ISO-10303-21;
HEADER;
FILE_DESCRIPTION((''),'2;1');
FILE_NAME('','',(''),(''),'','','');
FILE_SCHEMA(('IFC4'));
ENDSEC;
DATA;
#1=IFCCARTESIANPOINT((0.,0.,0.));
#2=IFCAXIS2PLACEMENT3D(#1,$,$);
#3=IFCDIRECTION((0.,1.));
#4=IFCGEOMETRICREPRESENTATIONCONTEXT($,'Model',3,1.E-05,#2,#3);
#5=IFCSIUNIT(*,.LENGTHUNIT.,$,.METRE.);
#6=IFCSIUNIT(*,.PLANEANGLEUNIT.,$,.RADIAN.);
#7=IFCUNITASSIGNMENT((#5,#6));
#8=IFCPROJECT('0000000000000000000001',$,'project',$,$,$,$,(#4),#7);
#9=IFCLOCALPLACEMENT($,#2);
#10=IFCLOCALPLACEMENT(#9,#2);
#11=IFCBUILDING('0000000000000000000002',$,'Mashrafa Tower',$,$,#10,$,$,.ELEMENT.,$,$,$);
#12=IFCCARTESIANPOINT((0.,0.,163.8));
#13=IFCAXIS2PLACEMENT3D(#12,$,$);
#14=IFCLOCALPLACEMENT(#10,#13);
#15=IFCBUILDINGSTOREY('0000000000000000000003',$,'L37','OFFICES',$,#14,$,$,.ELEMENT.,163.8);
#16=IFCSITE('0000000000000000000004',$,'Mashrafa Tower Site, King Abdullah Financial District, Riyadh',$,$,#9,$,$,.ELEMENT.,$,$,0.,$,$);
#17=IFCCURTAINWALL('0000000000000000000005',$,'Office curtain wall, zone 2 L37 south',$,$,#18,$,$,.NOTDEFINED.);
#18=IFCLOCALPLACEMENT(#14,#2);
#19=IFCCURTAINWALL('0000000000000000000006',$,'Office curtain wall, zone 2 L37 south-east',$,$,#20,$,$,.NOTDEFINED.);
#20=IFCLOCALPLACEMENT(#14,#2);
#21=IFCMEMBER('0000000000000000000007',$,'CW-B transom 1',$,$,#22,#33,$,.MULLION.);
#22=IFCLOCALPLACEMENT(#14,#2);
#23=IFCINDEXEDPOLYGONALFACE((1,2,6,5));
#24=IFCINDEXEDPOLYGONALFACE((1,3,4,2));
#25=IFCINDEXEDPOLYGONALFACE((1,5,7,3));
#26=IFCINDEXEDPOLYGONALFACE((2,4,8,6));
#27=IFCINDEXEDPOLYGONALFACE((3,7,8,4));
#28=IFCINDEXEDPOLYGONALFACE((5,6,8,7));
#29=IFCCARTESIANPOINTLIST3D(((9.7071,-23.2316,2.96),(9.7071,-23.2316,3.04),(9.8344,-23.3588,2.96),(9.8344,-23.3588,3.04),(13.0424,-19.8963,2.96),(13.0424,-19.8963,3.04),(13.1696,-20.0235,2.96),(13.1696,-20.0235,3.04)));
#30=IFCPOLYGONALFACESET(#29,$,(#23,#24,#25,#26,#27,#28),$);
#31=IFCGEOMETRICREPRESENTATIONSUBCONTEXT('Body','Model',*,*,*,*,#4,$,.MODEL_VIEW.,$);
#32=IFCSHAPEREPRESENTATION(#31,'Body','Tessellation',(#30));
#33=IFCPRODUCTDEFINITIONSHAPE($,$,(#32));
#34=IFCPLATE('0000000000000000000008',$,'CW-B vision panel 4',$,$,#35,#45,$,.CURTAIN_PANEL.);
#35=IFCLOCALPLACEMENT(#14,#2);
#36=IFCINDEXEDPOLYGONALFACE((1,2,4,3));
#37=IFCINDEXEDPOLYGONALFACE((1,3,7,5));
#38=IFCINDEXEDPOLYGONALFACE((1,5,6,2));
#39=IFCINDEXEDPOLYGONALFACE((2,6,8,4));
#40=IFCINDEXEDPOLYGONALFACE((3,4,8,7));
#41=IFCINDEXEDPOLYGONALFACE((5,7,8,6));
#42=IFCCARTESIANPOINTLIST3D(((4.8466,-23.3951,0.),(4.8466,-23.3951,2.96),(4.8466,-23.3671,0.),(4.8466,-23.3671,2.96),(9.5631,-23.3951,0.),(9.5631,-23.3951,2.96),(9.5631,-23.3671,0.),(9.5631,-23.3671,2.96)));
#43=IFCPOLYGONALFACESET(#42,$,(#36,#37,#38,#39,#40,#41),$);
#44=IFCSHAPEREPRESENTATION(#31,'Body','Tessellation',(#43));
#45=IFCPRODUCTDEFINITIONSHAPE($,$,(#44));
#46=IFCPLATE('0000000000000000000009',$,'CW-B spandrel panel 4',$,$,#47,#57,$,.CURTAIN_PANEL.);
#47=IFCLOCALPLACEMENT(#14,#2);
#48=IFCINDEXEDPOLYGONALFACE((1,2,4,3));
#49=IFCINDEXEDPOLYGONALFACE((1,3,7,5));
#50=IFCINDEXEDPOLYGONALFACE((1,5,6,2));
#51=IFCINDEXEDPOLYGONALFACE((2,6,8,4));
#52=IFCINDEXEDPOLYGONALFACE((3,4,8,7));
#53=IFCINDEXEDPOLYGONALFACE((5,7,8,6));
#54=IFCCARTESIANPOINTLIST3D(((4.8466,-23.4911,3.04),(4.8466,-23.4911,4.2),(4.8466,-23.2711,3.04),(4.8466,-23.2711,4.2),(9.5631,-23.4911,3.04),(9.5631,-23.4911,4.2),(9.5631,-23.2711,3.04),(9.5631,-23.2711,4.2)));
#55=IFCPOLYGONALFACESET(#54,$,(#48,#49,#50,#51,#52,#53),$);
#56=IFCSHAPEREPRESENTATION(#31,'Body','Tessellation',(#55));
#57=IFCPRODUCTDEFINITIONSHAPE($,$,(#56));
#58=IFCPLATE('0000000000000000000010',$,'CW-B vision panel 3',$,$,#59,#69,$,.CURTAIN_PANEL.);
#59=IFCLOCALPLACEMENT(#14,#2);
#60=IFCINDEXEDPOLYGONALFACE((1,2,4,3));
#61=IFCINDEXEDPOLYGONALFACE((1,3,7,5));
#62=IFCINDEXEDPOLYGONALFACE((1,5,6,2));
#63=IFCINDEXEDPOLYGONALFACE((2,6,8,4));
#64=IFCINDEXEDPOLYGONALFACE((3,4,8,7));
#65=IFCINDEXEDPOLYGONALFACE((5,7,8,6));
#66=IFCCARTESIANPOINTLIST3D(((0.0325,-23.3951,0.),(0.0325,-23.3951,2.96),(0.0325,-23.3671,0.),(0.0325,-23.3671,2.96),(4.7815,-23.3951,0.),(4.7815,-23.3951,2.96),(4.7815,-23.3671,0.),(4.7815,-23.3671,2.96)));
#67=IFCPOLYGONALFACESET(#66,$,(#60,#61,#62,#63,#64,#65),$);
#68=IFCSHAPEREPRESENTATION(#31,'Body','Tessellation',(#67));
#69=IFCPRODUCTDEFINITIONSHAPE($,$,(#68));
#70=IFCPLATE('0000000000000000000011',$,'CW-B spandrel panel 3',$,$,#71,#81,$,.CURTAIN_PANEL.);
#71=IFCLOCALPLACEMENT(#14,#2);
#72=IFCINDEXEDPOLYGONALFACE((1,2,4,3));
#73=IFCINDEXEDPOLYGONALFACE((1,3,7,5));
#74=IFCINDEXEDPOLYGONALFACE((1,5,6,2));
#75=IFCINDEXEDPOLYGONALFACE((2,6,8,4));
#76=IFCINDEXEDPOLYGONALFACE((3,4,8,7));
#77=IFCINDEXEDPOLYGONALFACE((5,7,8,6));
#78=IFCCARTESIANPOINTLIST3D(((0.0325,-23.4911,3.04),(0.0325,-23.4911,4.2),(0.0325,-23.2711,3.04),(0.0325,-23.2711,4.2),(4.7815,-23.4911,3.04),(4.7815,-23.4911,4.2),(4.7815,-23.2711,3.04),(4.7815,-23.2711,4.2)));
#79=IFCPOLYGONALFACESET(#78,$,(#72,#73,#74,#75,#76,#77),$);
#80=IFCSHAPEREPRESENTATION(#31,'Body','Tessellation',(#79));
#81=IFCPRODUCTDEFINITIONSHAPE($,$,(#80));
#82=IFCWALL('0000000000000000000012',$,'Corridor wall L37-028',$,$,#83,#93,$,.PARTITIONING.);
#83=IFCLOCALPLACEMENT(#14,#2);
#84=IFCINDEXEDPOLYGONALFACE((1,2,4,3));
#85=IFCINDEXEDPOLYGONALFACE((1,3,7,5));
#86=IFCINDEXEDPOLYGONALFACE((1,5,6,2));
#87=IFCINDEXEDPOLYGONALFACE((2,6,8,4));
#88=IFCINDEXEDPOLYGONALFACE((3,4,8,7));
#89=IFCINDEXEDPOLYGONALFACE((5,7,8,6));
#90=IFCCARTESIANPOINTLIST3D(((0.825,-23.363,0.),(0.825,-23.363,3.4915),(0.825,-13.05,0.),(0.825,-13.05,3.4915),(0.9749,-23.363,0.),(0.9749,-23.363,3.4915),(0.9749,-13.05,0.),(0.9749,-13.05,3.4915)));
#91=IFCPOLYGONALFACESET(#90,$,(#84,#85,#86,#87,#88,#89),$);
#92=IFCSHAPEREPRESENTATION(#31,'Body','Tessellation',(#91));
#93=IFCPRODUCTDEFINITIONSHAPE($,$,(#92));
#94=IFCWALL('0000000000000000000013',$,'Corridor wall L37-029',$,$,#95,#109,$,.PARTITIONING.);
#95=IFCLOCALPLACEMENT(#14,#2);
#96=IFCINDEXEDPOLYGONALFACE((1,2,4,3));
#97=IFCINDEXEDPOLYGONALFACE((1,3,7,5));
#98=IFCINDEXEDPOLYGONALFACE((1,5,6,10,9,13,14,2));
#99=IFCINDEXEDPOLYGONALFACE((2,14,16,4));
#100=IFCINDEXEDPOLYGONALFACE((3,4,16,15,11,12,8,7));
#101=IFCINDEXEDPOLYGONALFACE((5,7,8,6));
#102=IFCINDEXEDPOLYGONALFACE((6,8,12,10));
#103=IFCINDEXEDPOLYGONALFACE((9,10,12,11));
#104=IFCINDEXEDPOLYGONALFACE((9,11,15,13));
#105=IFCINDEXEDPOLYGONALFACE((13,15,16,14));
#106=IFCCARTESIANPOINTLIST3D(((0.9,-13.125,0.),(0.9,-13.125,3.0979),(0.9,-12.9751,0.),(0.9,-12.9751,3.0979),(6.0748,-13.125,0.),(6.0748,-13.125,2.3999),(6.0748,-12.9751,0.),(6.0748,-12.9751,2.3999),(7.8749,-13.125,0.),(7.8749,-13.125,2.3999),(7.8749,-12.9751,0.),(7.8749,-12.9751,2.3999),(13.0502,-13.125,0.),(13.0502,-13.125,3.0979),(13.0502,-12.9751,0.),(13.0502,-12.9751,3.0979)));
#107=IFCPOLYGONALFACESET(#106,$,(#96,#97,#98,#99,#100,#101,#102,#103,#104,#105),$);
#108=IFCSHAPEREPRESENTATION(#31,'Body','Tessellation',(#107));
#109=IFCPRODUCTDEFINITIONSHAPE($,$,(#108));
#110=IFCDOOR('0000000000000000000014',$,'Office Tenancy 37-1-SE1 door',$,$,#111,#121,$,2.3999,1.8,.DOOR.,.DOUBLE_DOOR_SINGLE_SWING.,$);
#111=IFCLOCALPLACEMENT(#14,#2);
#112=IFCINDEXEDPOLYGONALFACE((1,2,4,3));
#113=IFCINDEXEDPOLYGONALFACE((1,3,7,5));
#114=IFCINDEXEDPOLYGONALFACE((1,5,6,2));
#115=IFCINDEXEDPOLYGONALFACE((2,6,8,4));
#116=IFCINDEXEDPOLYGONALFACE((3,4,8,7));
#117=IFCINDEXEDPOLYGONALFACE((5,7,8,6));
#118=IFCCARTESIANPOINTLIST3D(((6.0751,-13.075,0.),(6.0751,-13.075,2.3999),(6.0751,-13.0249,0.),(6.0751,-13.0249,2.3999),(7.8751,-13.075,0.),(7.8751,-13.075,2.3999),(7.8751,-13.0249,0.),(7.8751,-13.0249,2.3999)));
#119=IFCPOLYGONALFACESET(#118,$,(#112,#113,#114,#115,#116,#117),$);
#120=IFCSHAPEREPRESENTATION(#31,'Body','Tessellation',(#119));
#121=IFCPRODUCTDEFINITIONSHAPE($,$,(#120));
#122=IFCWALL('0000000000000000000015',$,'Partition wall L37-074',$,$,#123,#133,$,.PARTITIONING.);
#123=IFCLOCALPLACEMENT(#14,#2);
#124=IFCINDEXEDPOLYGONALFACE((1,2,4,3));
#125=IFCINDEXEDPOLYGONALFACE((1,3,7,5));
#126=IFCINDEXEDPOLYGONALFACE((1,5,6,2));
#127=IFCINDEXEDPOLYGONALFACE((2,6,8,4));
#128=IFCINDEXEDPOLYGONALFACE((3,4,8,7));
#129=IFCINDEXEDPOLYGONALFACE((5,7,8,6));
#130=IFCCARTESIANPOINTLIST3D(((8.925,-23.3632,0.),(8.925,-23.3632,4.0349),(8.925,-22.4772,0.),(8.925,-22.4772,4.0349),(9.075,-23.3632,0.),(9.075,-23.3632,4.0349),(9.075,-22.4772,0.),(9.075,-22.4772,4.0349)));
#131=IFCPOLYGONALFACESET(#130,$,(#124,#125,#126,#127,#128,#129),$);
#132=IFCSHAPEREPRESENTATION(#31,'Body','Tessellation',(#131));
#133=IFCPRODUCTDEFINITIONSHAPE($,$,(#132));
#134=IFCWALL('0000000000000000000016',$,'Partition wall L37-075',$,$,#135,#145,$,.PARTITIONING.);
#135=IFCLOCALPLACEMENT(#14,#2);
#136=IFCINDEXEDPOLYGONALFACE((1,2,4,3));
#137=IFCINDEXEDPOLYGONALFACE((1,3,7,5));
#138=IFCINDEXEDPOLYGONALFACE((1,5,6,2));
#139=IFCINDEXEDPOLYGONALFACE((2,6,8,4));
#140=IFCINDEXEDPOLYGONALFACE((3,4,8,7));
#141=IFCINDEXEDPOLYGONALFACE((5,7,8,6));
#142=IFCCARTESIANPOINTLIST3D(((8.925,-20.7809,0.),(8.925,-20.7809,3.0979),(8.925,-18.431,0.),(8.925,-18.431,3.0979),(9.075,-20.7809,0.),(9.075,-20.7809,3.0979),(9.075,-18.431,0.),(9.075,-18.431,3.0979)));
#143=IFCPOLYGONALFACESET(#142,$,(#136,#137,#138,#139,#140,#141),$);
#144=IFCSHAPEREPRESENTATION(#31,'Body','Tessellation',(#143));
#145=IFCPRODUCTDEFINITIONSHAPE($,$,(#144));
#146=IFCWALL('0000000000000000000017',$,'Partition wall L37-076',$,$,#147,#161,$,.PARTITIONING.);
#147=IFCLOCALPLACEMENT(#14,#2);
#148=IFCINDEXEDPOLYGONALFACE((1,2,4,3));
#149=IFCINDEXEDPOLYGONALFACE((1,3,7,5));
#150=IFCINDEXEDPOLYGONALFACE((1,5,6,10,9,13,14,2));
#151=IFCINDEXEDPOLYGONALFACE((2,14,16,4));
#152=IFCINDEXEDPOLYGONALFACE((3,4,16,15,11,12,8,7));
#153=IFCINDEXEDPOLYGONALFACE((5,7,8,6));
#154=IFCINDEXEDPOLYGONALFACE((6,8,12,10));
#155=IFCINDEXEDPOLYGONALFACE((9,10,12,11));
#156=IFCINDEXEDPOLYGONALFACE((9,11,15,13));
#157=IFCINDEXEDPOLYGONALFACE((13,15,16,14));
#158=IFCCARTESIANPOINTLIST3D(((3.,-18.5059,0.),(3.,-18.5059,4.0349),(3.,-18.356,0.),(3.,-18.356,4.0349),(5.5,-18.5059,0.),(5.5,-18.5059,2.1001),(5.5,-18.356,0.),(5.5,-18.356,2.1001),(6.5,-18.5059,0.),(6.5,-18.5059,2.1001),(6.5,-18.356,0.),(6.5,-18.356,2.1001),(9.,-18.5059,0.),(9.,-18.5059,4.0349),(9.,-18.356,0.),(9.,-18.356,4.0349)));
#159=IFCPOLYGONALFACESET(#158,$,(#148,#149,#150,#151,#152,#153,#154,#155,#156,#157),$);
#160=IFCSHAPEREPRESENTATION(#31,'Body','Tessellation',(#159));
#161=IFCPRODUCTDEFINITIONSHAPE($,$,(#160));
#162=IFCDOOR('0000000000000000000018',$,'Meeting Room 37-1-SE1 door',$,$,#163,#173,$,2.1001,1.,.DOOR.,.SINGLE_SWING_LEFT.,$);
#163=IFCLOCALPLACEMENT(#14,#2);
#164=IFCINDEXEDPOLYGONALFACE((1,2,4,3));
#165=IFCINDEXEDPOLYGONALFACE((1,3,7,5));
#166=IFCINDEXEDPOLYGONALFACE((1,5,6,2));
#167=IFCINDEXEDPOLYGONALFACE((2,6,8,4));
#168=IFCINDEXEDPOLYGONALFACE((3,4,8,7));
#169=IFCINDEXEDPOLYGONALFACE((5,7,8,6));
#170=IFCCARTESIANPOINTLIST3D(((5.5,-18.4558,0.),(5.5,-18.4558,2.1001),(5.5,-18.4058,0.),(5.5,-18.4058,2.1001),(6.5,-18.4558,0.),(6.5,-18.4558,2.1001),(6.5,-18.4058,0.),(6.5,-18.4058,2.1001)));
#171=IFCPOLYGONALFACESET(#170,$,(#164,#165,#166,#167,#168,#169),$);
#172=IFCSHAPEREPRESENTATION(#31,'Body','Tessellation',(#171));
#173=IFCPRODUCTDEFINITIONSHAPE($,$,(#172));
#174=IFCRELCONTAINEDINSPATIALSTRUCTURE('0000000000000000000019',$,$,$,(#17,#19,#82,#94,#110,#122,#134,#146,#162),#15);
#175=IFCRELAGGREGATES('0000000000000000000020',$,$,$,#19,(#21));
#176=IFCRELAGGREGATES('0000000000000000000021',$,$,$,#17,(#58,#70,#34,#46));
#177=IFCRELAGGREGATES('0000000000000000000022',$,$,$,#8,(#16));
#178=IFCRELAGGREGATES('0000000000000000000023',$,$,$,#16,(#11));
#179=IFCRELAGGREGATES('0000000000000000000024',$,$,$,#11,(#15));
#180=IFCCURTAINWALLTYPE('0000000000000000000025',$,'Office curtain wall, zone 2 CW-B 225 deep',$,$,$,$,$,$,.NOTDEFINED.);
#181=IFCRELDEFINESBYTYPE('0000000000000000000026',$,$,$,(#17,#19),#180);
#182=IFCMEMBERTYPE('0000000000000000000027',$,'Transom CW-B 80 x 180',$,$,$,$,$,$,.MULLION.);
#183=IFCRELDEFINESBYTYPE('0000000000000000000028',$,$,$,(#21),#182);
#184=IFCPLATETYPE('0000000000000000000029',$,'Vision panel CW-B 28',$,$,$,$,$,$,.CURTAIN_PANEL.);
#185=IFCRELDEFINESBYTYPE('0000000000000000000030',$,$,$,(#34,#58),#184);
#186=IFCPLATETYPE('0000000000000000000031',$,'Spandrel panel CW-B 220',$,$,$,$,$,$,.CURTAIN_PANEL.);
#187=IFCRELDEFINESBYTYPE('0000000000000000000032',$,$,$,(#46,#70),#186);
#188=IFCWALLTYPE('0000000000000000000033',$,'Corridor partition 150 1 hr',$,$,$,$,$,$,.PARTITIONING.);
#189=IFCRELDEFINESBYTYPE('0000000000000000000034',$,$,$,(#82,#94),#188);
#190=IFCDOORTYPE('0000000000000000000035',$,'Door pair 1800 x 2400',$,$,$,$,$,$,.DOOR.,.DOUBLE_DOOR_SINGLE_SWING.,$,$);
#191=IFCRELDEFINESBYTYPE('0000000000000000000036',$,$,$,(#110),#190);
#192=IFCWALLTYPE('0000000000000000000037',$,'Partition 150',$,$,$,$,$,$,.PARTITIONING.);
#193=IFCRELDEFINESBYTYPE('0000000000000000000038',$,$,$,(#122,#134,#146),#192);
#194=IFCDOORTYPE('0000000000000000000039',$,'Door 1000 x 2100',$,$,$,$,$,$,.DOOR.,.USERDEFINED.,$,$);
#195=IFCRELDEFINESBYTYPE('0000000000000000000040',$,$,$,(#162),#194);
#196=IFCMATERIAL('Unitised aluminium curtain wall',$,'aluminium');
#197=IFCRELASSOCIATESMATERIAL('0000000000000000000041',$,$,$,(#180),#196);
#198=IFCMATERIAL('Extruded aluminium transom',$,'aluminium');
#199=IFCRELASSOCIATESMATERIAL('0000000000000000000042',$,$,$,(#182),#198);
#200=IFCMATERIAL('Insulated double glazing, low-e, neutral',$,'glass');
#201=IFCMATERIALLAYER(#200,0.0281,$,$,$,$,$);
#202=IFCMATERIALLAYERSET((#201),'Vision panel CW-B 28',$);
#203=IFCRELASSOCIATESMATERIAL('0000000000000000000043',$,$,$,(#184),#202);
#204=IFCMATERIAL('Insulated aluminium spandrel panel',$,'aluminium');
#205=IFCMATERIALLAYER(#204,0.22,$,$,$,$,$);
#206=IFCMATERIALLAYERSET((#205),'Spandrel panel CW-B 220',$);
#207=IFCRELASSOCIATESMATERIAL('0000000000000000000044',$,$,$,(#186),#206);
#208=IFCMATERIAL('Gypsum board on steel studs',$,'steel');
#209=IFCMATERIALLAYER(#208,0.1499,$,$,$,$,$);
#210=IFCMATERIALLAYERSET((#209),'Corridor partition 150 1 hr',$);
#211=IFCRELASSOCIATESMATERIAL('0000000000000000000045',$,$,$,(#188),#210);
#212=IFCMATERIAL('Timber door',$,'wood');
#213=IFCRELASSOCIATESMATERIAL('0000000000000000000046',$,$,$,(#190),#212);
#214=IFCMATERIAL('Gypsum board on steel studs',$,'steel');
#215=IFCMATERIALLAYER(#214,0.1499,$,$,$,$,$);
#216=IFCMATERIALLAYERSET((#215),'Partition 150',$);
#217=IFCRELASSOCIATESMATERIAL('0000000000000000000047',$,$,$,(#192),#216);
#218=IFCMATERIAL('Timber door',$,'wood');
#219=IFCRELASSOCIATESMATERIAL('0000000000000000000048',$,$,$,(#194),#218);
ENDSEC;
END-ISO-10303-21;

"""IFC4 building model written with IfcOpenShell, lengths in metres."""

from ifc_helpers import new_model, si_unit, direction, frame, frame_2d, origin, origin_2d, place, context, subcontext, project, spatial, rectangle, extrude, source, transform, mapped, material, layer, layer_set, material_profile, profile_set, type_object, type_shapes, element, fill, aggregate, save


model = new_model("IFC4")

# Units and contexts
model_context = context("Model", 3, precision=1e-05, world=origin(), true_north=direction((0.0, 1.0)))
body_context = subcontext(model_context, "Body", "Model", "MODEL_VIEW")
ifc_project = project(units=[si_unit("LENGTHUNIT", "METRE"), si_unit("PLANEANGLEUNIT", "RADIAN")], contexts=[model_context])

# Site, building, storey
site_placement = place(None, origin())
site = spatial("IfcSite", under=ifc_project, at=site_placement, Name="Mashrafa Tower Site, King Abdullah Financial District, Riyadh", CompositionType="ELEMENT", RefElevation=0.0)
building_placement = place(site_placement, origin())
building = spatial("IfcBuilding", under=site, at=building_placement, Name="Mashrafa Tower", CompositionType="ELEMENT")
storey_placement = place(building_placement, frame((0.0, 0.0, 163.8)))
storey = spatial("IfcBuildingStorey", under=building, at=storey_placement, Name="L37", Description="OFFICES", CompositionType="ELEMENT", Elevation=163.8)

# Curtain wall
ifc_material_1 = material(Name="Unitised aluminium curtain wall", Category="aluminium")
curtain_wall_type = type_object("IfcCurtainWallType", Name="Office curtain wall, zone 2 CW-B 225 deep", PredefinedType="NOTDEFINED", material=ifc_material_1)
curtain_wall_1_placement = place(storey_placement, origin())
curtain_wall_1 = element("IfcCurtainWall", 1, at=curtain_wall_1_placement, inside=storey, type_object=curtain_wall_type, Name="Office curtain wall, zone 2 L37 south", PredefinedType="NOTDEFINED")

# Curtain wall
curtain_wall_2_placement = place(storey_placement, origin())
curtain_wall_2 = element("IfcCurtainWall", 2, at=curtain_wall_2_placement, inside=storey, type_object=curtain_wall_type, Name="Office curtain wall, zone 2 L37 south-east", PredefinedType="NOTDEFINED")

# Member
ifc_material_2 = material(Name="Extruded aluminium transom", Category="aluminium")
ifc_material_profile_1 = material_profile(ifc_material_2, rectangle(XDim=0.1799, YDim=0.0801, at=origin_2d()), Name="Transom 80x180")
ifc_profile_set_1 = profile_set([ifc_material_profile_1], Name="Extruded aluminium transom")
member_type_1 = type_object("IfcMemberType", Name="Transom CW-B 80 x 180", PredefinedType="MULLION", material=ifc_profile_set_1)
shared_shape_1 = source(origin(), body_context, "Body", "SweptSolid", [
    extrude(rectangle(XDim=0.1799, YDim=0.0801, at=origin_2d()), origin(), (0.0, 0.0, 1.0), 4.7168),
])
member_1_placement = place(storey_placement, frame((9.7708, -23.2952, 3.0), z_axis=(0.707107, 0.707107, 0.0), x_axis=(-0.707107, 0.707107, 0.0)))
member_1 = element("IfcMember", 3, at=member_1_placement, type_object=member_type_1, Name="CW-B transom 1", PredefinedType="MULLION", context=body_context, shape_type="MappedRepresentation", body=[
    mapped(shared_shape_1, transform((0.0, 0.0, 0.0))),
])
aggregate(curtain_wall_2, [member_1])

# Plates
ifc_material_3 = material(Name="Insulated double glazing, low-e, neutral", Category="glass")
ifc_layer_1 = layer(ifc_material_3, 0.0281)
ifc_layer_set_1 = layer_set([ifc_layer_1], Name="Vision panel CW-B 28")
plate_type_1 = type_object("IfcPlateType", Name="Vision panel CW-B 28", PredefinedType="CURTAIN_PANEL", material=ifc_layer_set_1)
shared_shape_2 = source(origin(), body_context, "Body", "SweptSolid", [
    extrude(rectangle(XDim=4.7166, YDim=0.0281, at=origin_2d()), origin(), (0.0, 0.0, 1.0), 2.96),
])
plate_1_placement = place(storey_placement, frame((7.2048, -23.3811, 0.0), z_axis=(0.0, 0.0, 1.0), x_axis=(1.0, 0.0, 0.0)))
plate_1 = element("IfcPlate", 4, at=plate_1_placement, type_object=plate_type_1, Name="CW-B vision panel 4", PredefinedType="CURTAIN_PANEL", context=body_context, shape_type="MappedRepresentation", body=[
    mapped(shared_shape_2, transform((0.0, 0.0, 0.0))),
])
ifc_material_4 = material(Name="Insulated aluminium spandrel panel", Category="aluminium")
ifc_layer_2 = layer(ifc_material_4, 0.22)
ifc_layer_set_2 = layer_set([ifc_layer_2], Name="Spandrel panel CW-B 220")
plate_type_2 = type_object("IfcPlateType", Name="Spandrel panel CW-B 220", PredefinedType="CURTAIN_PANEL", material=ifc_layer_set_2)
shared_shape_3 = source(origin(), body_context, "Body", "SweptSolid", [
    extrude(rectangle(XDim=4.7166, YDim=0.22, at=origin_2d()), origin(), (0.0, 0.0, 1.0), 1.1599),
])
plate_2_placement = place(storey_placement, frame((7.2048, -23.3811, 3.04), z_axis=(0.0, 0.0, 1.0), x_axis=(1.0, 0.0, 0.0)))
plate_2 = element("IfcPlate", 5, at=plate_2_placement, type_object=plate_type_2, Name="CW-B spandrel panel 4", PredefinedType="CURTAIN_PANEL", context=body_context, shape_type="MappedRepresentation", body=[
    mapped(shared_shape_3, transform((0.0, 0.0, 0.0))),
])
shared_shape_4 = source(origin(), body_context, "Body", "SweptSolid", [
    extrude(rectangle(XDim=4.749, YDim=0.0281, at=origin_2d()), origin(), (0.0, 0.0, 1.0), 2.96),
])
type_shapes(plate_type_1, [shared_shape_2, shared_shape_4])
plate_3_placement = place(storey_placement, frame((2.407, -23.3811, 0.0), z_axis=(0.0, 0.0, 1.0), x_axis=(1.0, 0.0, 0.0)))
plate_3 = element("IfcPlate", 6, at=plate_3_placement, type_object=plate_type_1, Name="CW-B vision panel 3", PredefinedType="CURTAIN_PANEL", context=body_context, shape_type="MappedRepresentation", body=[
    mapped(shared_shape_4, transform((0.0, 0.0, 0.0))),
])
shared_shape_5 = source(origin(), body_context, "Body", "SweptSolid", [
    extrude(rectangle(XDim=4.749, YDim=0.22, at=origin_2d()), origin(), (0.0, 0.0, 1.0), 1.1599),
])
type_shapes(plate_type_2, [shared_shape_3, shared_shape_5])
plate_4_placement = place(storey_placement, frame((2.407, -23.3811, 3.04), z_axis=(0.0, 0.0, 1.0), x_axis=(1.0, 0.0, 0.0)))
plate_4 = element("IfcPlate", 7, at=plate_4_placement, type_object=plate_type_2, Name="CW-B spandrel panel 3", PredefinedType="CURTAIN_PANEL", context=body_context, shape_type="MappedRepresentation", body=[
    mapped(shared_shape_5, transform((0.0, 0.0, 0.0))),
])
aggregate(curtain_wall_1, [plate_3, plate_4, plate_1, plate_2])

# Wall
ifc_material_5 = material(Name="Gypsum board on steel studs", Category="steel")
ifc_layer_3 = layer(ifc_material_5, 0.1499)
ifc_layer_set_3 = layer_set([ifc_layer_3], Name="Corridor partition 150 1 hr")
wall_type_1 = type_object("IfcWallType", Name="Corridor partition 150 1 hr", PredefinedType="PARTITIONING", material=ifc_layer_set_3)
wall_1_placement = place(storey_placement, frame((0.8999, -23.363, 0.0), z_axis=(0.0, 0.0, 1.0), x_axis=(0.0, 1.0, 0.0)))
element("IfcWall", 8, at=wall_1_placement, inside=storey, type_object=wall_type_1, Name="Corridor wall L37-028", PredefinedType="PARTITIONING", context=body_context, shape_type="SweptSolid", body=[
    extrude(rectangle(XDim=10.313, YDim=0.1499, at=frame_2d((5.1565, 0.0))), origin(), (0.0, 0.0, 1.0), 3.4915),
])

# Wall, opening, door
wall_2_placement = place(storey_placement, frame((0.8999, -13.05, 0.0), z_axis=(0.0, 0.0, 1.0), x_axis=(1.0, 0.0, 0.0)))
wall_2 = element("IfcWall", 9, at=wall_2_placement, inside=storey, type_object=wall_type_1, Name="Corridor wall L37-029", PredefinedType="PARTITIONING", context=body_context, shape_type="SweptSolid", body=[
    extrude(rectangle(XDim=12.1501, YDim=0.1499, at=frame_2d((6.0752, 0.0))), origin(), (0.0, 0.0, 1.0), 3.0979),
])
opening_1_placement = place(wall_2_placement, frame((5.175, 0.0, 0.0)))
opening_1 = element("IfcOpeningElement", 10, at=opening_1_placement, cuts=wall_2, PredefinedType="OPENING", context=body_context, shape_type="SweptSolid", body=[
    extrude(rectangle(XDim=1.8, YDim=2.3999, at=frame_2d((0.8999, 1.2))), frame((0.0, 0.085, 0.0), z_axis=(0.0, -1.0, 0.0), x_axis=(1.0, 0.0, 0.0)), (0.0, 0.0, 1.0), 0.1699),
])
ifc_material_6 = material(Name="Timber door", Category="wood")
door_type_1 = type_object("IfcDoorType", Name="Door pair 1800 x 2400", OperationType="DOUBLE_DOOR_SINGLE_SWING", PredefinedType="DOOR", material=ifc_material_6)
door_1_placement = place(opening_1_placement, frame((1.8, 0.0, 0.0), z_axis=(0.0, 0.0, 1.0), x_axis=(-1.0, 0.0, 0.0)))
door_1 = element("IfcDoor", 11, at=door_1_placement, inside=storey, type_object=door_type_1, Name="Office Tenancy 37-1-SE1 door", OperationType="DOUBLE_DOOR_SINGLE_SWING", OverallHeight=2.3999, OverallWidth=1.8, PredefinedType="DOOR", context=body_context, shape_type="SweptSolid", body=[
    extrude(rectangle(XDim=1.8, YDim=2.3999, at=frame_2d((0.8999, 1.2))), frame((0.0, 0.0249, 0.0), z_axis=(0.0, -1.0, 0.0), x_axis=(1.0, 0.0, 0.0)), (0.0, 0.0, 1.0), 0.05),
])
fill(opening_1, door_1)

# Walls
ifc_material_7 = material(Name="Gypsum board on steel studs", Category="steel")
ifc_layer_4 = layer(ifc_material_7, 0.1499)
ifc_layer_set_4 = layer_set([ifc_layer_4], Name="Partition 150")
wall_type_2 = type_object("IfcWallType", Name="Partition 150", PredefinedType="PARTITIONING", material=ifc_layer_set_4)
wall_3_placement = place(storey_placement, frame((9.0, -23.363, 0.0), z_axis=(0.0, 0.0, 1.0), x_axis=(0.0, 1.0, 0.0)))
element("IfcWall", 12, at=wall_3_placement, inside=storey, type_object=wall_type_2, Name="Partition wall L37-074", PredefinedType="PARTITIONING", context=body_context, shape_type="SweptSolid", body=[
    extrude(rectangle(XDim=0.886, YDim=0.1499, at=frame_2d((0.4429, 0.0))), origin(), (0.0, 0.0, 1.0), 4.0349),
])
wall_4_placement = place(storey_placement, frame((9.0, -20.7808, 0.0), z_axis=(0.0, 0.0, 1.0), x_axis=(0.0, 1.0, 0.0)))
element("IfcWall", 13, at=wall_4_placement, inside=storey, type_object=wall_type_2, Name="Partition wall L37-075", PredefinedType="PARTITIONING", context=body_context, shape_type="SweptSolid", body=[
    extrude(rectangle(XDim=2.3499, YDim=0.1499, at=frame_2d((1.1748, 0.0))), origin(), (0.0, 0.0, 1.0), 3.0979),
])

# Wall, opening, door
wall_5_placement = place(storey_placement, frame((9.0, -18.4309, 0.0), z_axis=(0.0, 0.0, 1.0), x_axis=(-1.0, 0.0, 0.0)))
wall_5 = element("IfcWall", 14, at=wall_5_placement, inside=storey, type_object=wall_type_2, Name="Partition wall L37-076", PredefinedType="PARTITIONING", context=body_context, shape_type="SweptSolid", body=[
    extrude(rectangle(XDim=6.0, YDim=0.1499, at=frame_2d((3.0, 0.0))), origin(), (0.0, 0.0, 1.0), 4.0349),
])
opening_2_placement = place(wall_5_placement, frame((2.5, 0.0, 0.0)))
opening_2 = element("IfcOpeningElement", 15, at=opening_2_placement, cuts=wall_5, PredefinedType="OPENING", context=body_context, shape_type="SweptSolid", body=[
    extrude(rectangle(XDim=1.0, YDim=2.1001, at=frame_2d((0.5, 1.05))), frame((0.0, 0.085, 0.0), z_axis=(0.0, -1.0, 0.0), x_axis=(1.0, 0.0, 0.0)), (0.0, 0.0, 1.0), 0.1699),
])
ifc_material_8 = material(Name="Timber door", Category="wood")
door_type_2 = type_object("IfcDoorType", Name="Door 1000 x 2100", OperationType="USERDEFINED", PredefinedType="DOOR", material=ifc_material_8)
door_2_placement = place(opening_2_placement, origin())
door_2 = element("IfcDoor", 16, at=door_2_placement, inside=storey, type_object=door_type_2, Name="Meeting Room 37-1-SE1 door", OperationType="SINGLE_SWING_LEFT", OverallHeight=2.1001, OverallWidth=1.0, PredefinedType="DOOR", context=body_context, shape_type="SweptSolid", body=[
    extrude(rectangle(XDim=1.0, YDim=2.1001, at=frame_2d((0.5, 1.05))), frame((0.0, 0.0249, 0.0), z_axis=(0.0, -1.0, 0.0), x_axis=(1.0, 0.0, 0.0)), (0.0, 0.0, 1.0), 0.05),
])
fill(opening_2, door_2)

save(model, "model.ifc")
